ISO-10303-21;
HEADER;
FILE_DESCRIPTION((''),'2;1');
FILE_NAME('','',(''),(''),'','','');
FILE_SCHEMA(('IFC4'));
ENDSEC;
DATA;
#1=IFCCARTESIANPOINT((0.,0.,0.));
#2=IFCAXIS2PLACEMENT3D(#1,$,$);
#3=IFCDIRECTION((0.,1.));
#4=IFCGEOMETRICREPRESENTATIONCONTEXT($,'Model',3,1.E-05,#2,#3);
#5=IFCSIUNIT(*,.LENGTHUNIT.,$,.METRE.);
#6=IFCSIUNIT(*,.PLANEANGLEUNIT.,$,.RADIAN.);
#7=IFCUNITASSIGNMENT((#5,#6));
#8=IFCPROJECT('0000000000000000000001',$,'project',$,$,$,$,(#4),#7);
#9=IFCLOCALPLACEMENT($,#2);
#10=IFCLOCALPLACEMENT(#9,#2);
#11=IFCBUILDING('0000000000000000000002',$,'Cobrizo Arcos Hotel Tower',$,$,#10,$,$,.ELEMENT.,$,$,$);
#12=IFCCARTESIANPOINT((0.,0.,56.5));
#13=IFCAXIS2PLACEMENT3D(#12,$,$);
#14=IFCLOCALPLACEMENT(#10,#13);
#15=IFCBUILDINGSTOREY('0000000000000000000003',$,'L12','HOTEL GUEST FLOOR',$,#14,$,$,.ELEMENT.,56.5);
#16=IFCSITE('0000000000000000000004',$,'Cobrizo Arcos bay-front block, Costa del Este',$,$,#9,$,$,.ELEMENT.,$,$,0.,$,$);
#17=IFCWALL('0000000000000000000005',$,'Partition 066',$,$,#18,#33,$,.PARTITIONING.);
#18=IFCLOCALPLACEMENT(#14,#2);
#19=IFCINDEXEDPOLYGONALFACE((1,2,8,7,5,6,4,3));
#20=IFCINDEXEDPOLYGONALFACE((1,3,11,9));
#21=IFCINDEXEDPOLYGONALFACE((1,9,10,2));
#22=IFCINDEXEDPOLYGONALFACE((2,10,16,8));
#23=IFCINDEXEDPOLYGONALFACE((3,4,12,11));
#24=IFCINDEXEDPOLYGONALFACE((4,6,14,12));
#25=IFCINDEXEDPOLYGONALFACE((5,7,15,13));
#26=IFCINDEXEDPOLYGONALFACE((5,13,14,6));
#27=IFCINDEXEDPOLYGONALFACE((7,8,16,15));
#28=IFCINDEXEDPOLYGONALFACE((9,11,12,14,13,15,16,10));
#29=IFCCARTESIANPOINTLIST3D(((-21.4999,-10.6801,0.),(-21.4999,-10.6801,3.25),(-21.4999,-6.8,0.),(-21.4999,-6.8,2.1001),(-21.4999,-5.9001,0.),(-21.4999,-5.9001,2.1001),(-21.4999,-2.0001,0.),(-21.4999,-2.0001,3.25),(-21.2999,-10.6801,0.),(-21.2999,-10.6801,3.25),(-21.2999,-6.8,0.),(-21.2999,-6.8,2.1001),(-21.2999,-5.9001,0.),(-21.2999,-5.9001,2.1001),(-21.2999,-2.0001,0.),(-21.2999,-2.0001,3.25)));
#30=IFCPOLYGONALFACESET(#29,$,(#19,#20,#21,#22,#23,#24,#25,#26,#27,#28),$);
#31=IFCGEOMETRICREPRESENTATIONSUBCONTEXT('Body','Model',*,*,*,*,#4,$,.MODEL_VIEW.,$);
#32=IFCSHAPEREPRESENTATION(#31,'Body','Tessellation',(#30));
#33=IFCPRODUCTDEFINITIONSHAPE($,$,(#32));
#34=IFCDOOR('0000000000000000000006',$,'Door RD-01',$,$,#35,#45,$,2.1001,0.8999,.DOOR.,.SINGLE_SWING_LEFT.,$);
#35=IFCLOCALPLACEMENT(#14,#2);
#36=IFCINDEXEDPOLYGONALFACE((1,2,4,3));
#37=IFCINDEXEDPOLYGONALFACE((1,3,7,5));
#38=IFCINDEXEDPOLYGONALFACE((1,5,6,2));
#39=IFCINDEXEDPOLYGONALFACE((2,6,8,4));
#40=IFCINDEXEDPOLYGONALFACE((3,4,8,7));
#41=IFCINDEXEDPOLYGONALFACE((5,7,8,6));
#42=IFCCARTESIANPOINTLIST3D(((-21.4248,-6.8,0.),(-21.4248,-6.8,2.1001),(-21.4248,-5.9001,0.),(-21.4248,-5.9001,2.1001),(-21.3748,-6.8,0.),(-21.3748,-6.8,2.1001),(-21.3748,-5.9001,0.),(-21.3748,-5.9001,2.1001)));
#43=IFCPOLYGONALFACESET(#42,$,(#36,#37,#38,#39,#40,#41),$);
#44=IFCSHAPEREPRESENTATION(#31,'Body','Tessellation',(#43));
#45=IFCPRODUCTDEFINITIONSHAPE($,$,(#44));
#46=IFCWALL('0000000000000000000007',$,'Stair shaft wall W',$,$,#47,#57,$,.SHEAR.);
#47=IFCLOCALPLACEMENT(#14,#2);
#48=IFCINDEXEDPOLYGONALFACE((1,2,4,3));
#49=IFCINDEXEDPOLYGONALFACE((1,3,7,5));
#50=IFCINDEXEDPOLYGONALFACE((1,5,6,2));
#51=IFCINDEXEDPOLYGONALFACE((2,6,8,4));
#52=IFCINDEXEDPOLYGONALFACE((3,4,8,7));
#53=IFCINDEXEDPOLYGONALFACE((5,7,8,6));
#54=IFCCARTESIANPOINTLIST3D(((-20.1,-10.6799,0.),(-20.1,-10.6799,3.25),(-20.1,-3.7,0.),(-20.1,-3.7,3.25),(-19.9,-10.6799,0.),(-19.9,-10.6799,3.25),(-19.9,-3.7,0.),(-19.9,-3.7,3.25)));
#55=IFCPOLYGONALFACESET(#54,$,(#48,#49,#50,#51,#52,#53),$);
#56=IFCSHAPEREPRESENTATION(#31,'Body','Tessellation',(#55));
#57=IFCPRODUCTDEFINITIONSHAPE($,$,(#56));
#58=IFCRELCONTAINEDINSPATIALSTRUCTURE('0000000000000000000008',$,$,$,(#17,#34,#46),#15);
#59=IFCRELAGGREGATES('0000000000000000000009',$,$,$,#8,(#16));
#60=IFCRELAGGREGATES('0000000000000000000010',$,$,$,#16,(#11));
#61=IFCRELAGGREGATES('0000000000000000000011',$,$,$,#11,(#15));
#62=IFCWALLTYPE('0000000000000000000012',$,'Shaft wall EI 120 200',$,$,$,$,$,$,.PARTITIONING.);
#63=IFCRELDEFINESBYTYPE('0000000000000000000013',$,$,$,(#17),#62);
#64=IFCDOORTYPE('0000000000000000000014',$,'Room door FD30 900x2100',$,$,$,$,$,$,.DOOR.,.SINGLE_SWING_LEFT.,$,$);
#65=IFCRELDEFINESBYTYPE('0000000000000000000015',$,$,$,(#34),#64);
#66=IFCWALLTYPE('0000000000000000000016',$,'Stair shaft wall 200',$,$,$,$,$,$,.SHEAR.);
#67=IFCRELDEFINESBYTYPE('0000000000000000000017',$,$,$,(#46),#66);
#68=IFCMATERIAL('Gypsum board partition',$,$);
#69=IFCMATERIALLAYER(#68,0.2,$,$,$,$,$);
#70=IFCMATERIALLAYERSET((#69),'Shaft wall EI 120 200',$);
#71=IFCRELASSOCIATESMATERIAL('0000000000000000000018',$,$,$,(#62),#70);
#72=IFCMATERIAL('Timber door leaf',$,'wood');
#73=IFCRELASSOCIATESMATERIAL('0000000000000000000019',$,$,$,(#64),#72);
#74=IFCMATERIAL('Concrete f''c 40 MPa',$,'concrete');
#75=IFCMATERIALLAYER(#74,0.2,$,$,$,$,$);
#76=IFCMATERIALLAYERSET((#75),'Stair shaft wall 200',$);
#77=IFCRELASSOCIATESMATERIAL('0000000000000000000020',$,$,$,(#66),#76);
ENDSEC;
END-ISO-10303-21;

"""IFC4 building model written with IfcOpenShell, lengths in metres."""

from ifc_helpers import new_model, si_unit, direction, frame, frame_2d, origin, place, context, subcontext, project, spatial, rectangle, extrude, material, layer, layer_set, type_object, element, fill, save


model = new_model("IFC4")

# Units and contexts
model_context = context("Model", 3, precision=1e-05, world=origin(), true_north=direction((0.0, 1.0)))
body_context = subcontext(model_context, "Body", "Model", "MODEL_VIEW")
ifc_project = project(units=[si_unit("LENGTHUNIT", "METRE"), si_unit("PLANEANGLEUNIT", "RADIAN")], contexts=[model_context])

# Site, building, storey
site_placement = place(None, origin())
site = spatial("IfcSite", under=ifc_project, at=site_placement, Name="Cobrizo Arcos bay-front block, Costa del Este", CompositionType="ELEMENT", RefElevation=0.0)
building_placement = place(site_placement, origin())
building = spatial("IfcBuilding", under=site, at=building_placement, Name="Cobrizo Arcos Hotel Tower", CompositionType="ELEMENT")
storey_placement = place(building_placement, frame((0.0, 0.0, 56.5)))
storey = spatial("IfcBuildingStorey", under=building, at=storey_placement, Name="L12", Description="HOTEL GUEST FLOOR", CompositionType="ELEMENT", Elevation=56.5)

# Wall, opening, door
ifc_material_1 = material(Name="Gypsum board partition")
ifc_layer_1 = layer(ifc_material_1, 0.2)
ifc_layer_set_1 = layer_set([ifc_layer_1], Name="Shaft wall EI 120 200")
wall_type_1 = type_object("IfcWallType", Name="Shaft wall EI 120 200", PredefinedType="PARTITIONING", material=ifc_layer_set_1)
wall_1_placement = place(storey_placement, frame((-21.3999, -10.6799, 0.0), z_axis=(0.0, 0.0, 1.0), x_axis=(0.0, 1.0, 0.0)))
wall_1 = element("IfcWall", 1, at=wall_1_placement, inside=storey, type_object=wall_type_1, Name="Partition 066", PredefinedType="PARTITIONING", context=body_context, shape_type="SweptSolid", body=[
    extrude(rectangle(XDim=8.6799, YDim=0.2, at=frame_2d((4.3398, 0.0))), origin(), (0.0, 0.0, 1.0), 3.25),
])
opening_1_placement = place(wall_1_placement, frame((3.8799, 0.0, 0.0)))
opening_1 = element("IfcOpeningElement", 2, at=opening_1_placement, cuts=wall_1, PredefinedType="OPENING", context=body_context, shape_type="SweptSolid", body=[
    extrude(rectangle(XDim=0.8999, YDim=2.1001, at=frame_2d((0.45, 1.05))), frame((0.0, 0.1121, 0.0), z_axis=(0.0, -1.0, 0.0), x_axis=(1.0, 0.0, 0.0)), (0.0, 0.0, 1.0), 0.2239),
])
ifc_material_2 = material(Name="Timber door leaf", Category="wood")
door_type_1 = type_object("IfcDoorType", Name="Room door FD30 900x2100", OperationType="SINGLE_SWING_LEFT", PredefinedType="DOOR", material=ifc_material_2)
door_1_placement = place(opening_1_placement, origin())
door_1 = element("IfcDoor", 3, at=door_1_placement, inside=storey, type_object=door_type_1, Name="Door RD-01", OperationType="SINGLE_SWING_LEFT", OverallHeight=2.1001, OverallWidth=0.8999, PredefinedType="DOOR", context=body_context, shape_type="SweptSolid", body=[
    extrude(rectangle(XDim=0.8999, YDim=2.1001, at=frame_2d((0.45, 1.05))), frame((0.0, 0.0249, 0.0), z_axis=(0.0, -1.0, 0.0), x_axis=(1.0, 0.0, 0.0)), (0.0, 0.0, 1.0), 0.05),
])
fill(opening_1, door_1)

# Wall
ifc_material_3 = material(Name="Concrete f'c 40 MPa", Category="concrete")
ifc_layer_2 = layer(ifc_material_3, 0.2)
ifc_layer_set_2 = layer_set([ifc_layer_2], Name="Stair shaft wall 200")
wall_type_2 = type_object("IfcWallType", Name="Stair shaft wall 200", PredefinedType="SHEAR", material=ifc_layer_set_2)
wall_2_placement = place(storey_placement, frame((-20.0, -10.6799, 0.0), z_axis=(0.0, 0.0, 1.0), x_axis=(0.0, 1.0, 0.0)))
element("IfcWall", 4, at=wall_2_placement, inside=storey, type_object=wall_type_2, Name="Stair shaft wall W", PredefinedType="SHEAR", context=body_context, shape_type="SweptSolid", body=[
    extrude(rectangle(XDim=6.98, YDim=0.2, at=frame_2d((3.49, 0.0))), origin(), (0.0, 0.0, 1.0), 3.25),
])

save(model, "model.ifc")
